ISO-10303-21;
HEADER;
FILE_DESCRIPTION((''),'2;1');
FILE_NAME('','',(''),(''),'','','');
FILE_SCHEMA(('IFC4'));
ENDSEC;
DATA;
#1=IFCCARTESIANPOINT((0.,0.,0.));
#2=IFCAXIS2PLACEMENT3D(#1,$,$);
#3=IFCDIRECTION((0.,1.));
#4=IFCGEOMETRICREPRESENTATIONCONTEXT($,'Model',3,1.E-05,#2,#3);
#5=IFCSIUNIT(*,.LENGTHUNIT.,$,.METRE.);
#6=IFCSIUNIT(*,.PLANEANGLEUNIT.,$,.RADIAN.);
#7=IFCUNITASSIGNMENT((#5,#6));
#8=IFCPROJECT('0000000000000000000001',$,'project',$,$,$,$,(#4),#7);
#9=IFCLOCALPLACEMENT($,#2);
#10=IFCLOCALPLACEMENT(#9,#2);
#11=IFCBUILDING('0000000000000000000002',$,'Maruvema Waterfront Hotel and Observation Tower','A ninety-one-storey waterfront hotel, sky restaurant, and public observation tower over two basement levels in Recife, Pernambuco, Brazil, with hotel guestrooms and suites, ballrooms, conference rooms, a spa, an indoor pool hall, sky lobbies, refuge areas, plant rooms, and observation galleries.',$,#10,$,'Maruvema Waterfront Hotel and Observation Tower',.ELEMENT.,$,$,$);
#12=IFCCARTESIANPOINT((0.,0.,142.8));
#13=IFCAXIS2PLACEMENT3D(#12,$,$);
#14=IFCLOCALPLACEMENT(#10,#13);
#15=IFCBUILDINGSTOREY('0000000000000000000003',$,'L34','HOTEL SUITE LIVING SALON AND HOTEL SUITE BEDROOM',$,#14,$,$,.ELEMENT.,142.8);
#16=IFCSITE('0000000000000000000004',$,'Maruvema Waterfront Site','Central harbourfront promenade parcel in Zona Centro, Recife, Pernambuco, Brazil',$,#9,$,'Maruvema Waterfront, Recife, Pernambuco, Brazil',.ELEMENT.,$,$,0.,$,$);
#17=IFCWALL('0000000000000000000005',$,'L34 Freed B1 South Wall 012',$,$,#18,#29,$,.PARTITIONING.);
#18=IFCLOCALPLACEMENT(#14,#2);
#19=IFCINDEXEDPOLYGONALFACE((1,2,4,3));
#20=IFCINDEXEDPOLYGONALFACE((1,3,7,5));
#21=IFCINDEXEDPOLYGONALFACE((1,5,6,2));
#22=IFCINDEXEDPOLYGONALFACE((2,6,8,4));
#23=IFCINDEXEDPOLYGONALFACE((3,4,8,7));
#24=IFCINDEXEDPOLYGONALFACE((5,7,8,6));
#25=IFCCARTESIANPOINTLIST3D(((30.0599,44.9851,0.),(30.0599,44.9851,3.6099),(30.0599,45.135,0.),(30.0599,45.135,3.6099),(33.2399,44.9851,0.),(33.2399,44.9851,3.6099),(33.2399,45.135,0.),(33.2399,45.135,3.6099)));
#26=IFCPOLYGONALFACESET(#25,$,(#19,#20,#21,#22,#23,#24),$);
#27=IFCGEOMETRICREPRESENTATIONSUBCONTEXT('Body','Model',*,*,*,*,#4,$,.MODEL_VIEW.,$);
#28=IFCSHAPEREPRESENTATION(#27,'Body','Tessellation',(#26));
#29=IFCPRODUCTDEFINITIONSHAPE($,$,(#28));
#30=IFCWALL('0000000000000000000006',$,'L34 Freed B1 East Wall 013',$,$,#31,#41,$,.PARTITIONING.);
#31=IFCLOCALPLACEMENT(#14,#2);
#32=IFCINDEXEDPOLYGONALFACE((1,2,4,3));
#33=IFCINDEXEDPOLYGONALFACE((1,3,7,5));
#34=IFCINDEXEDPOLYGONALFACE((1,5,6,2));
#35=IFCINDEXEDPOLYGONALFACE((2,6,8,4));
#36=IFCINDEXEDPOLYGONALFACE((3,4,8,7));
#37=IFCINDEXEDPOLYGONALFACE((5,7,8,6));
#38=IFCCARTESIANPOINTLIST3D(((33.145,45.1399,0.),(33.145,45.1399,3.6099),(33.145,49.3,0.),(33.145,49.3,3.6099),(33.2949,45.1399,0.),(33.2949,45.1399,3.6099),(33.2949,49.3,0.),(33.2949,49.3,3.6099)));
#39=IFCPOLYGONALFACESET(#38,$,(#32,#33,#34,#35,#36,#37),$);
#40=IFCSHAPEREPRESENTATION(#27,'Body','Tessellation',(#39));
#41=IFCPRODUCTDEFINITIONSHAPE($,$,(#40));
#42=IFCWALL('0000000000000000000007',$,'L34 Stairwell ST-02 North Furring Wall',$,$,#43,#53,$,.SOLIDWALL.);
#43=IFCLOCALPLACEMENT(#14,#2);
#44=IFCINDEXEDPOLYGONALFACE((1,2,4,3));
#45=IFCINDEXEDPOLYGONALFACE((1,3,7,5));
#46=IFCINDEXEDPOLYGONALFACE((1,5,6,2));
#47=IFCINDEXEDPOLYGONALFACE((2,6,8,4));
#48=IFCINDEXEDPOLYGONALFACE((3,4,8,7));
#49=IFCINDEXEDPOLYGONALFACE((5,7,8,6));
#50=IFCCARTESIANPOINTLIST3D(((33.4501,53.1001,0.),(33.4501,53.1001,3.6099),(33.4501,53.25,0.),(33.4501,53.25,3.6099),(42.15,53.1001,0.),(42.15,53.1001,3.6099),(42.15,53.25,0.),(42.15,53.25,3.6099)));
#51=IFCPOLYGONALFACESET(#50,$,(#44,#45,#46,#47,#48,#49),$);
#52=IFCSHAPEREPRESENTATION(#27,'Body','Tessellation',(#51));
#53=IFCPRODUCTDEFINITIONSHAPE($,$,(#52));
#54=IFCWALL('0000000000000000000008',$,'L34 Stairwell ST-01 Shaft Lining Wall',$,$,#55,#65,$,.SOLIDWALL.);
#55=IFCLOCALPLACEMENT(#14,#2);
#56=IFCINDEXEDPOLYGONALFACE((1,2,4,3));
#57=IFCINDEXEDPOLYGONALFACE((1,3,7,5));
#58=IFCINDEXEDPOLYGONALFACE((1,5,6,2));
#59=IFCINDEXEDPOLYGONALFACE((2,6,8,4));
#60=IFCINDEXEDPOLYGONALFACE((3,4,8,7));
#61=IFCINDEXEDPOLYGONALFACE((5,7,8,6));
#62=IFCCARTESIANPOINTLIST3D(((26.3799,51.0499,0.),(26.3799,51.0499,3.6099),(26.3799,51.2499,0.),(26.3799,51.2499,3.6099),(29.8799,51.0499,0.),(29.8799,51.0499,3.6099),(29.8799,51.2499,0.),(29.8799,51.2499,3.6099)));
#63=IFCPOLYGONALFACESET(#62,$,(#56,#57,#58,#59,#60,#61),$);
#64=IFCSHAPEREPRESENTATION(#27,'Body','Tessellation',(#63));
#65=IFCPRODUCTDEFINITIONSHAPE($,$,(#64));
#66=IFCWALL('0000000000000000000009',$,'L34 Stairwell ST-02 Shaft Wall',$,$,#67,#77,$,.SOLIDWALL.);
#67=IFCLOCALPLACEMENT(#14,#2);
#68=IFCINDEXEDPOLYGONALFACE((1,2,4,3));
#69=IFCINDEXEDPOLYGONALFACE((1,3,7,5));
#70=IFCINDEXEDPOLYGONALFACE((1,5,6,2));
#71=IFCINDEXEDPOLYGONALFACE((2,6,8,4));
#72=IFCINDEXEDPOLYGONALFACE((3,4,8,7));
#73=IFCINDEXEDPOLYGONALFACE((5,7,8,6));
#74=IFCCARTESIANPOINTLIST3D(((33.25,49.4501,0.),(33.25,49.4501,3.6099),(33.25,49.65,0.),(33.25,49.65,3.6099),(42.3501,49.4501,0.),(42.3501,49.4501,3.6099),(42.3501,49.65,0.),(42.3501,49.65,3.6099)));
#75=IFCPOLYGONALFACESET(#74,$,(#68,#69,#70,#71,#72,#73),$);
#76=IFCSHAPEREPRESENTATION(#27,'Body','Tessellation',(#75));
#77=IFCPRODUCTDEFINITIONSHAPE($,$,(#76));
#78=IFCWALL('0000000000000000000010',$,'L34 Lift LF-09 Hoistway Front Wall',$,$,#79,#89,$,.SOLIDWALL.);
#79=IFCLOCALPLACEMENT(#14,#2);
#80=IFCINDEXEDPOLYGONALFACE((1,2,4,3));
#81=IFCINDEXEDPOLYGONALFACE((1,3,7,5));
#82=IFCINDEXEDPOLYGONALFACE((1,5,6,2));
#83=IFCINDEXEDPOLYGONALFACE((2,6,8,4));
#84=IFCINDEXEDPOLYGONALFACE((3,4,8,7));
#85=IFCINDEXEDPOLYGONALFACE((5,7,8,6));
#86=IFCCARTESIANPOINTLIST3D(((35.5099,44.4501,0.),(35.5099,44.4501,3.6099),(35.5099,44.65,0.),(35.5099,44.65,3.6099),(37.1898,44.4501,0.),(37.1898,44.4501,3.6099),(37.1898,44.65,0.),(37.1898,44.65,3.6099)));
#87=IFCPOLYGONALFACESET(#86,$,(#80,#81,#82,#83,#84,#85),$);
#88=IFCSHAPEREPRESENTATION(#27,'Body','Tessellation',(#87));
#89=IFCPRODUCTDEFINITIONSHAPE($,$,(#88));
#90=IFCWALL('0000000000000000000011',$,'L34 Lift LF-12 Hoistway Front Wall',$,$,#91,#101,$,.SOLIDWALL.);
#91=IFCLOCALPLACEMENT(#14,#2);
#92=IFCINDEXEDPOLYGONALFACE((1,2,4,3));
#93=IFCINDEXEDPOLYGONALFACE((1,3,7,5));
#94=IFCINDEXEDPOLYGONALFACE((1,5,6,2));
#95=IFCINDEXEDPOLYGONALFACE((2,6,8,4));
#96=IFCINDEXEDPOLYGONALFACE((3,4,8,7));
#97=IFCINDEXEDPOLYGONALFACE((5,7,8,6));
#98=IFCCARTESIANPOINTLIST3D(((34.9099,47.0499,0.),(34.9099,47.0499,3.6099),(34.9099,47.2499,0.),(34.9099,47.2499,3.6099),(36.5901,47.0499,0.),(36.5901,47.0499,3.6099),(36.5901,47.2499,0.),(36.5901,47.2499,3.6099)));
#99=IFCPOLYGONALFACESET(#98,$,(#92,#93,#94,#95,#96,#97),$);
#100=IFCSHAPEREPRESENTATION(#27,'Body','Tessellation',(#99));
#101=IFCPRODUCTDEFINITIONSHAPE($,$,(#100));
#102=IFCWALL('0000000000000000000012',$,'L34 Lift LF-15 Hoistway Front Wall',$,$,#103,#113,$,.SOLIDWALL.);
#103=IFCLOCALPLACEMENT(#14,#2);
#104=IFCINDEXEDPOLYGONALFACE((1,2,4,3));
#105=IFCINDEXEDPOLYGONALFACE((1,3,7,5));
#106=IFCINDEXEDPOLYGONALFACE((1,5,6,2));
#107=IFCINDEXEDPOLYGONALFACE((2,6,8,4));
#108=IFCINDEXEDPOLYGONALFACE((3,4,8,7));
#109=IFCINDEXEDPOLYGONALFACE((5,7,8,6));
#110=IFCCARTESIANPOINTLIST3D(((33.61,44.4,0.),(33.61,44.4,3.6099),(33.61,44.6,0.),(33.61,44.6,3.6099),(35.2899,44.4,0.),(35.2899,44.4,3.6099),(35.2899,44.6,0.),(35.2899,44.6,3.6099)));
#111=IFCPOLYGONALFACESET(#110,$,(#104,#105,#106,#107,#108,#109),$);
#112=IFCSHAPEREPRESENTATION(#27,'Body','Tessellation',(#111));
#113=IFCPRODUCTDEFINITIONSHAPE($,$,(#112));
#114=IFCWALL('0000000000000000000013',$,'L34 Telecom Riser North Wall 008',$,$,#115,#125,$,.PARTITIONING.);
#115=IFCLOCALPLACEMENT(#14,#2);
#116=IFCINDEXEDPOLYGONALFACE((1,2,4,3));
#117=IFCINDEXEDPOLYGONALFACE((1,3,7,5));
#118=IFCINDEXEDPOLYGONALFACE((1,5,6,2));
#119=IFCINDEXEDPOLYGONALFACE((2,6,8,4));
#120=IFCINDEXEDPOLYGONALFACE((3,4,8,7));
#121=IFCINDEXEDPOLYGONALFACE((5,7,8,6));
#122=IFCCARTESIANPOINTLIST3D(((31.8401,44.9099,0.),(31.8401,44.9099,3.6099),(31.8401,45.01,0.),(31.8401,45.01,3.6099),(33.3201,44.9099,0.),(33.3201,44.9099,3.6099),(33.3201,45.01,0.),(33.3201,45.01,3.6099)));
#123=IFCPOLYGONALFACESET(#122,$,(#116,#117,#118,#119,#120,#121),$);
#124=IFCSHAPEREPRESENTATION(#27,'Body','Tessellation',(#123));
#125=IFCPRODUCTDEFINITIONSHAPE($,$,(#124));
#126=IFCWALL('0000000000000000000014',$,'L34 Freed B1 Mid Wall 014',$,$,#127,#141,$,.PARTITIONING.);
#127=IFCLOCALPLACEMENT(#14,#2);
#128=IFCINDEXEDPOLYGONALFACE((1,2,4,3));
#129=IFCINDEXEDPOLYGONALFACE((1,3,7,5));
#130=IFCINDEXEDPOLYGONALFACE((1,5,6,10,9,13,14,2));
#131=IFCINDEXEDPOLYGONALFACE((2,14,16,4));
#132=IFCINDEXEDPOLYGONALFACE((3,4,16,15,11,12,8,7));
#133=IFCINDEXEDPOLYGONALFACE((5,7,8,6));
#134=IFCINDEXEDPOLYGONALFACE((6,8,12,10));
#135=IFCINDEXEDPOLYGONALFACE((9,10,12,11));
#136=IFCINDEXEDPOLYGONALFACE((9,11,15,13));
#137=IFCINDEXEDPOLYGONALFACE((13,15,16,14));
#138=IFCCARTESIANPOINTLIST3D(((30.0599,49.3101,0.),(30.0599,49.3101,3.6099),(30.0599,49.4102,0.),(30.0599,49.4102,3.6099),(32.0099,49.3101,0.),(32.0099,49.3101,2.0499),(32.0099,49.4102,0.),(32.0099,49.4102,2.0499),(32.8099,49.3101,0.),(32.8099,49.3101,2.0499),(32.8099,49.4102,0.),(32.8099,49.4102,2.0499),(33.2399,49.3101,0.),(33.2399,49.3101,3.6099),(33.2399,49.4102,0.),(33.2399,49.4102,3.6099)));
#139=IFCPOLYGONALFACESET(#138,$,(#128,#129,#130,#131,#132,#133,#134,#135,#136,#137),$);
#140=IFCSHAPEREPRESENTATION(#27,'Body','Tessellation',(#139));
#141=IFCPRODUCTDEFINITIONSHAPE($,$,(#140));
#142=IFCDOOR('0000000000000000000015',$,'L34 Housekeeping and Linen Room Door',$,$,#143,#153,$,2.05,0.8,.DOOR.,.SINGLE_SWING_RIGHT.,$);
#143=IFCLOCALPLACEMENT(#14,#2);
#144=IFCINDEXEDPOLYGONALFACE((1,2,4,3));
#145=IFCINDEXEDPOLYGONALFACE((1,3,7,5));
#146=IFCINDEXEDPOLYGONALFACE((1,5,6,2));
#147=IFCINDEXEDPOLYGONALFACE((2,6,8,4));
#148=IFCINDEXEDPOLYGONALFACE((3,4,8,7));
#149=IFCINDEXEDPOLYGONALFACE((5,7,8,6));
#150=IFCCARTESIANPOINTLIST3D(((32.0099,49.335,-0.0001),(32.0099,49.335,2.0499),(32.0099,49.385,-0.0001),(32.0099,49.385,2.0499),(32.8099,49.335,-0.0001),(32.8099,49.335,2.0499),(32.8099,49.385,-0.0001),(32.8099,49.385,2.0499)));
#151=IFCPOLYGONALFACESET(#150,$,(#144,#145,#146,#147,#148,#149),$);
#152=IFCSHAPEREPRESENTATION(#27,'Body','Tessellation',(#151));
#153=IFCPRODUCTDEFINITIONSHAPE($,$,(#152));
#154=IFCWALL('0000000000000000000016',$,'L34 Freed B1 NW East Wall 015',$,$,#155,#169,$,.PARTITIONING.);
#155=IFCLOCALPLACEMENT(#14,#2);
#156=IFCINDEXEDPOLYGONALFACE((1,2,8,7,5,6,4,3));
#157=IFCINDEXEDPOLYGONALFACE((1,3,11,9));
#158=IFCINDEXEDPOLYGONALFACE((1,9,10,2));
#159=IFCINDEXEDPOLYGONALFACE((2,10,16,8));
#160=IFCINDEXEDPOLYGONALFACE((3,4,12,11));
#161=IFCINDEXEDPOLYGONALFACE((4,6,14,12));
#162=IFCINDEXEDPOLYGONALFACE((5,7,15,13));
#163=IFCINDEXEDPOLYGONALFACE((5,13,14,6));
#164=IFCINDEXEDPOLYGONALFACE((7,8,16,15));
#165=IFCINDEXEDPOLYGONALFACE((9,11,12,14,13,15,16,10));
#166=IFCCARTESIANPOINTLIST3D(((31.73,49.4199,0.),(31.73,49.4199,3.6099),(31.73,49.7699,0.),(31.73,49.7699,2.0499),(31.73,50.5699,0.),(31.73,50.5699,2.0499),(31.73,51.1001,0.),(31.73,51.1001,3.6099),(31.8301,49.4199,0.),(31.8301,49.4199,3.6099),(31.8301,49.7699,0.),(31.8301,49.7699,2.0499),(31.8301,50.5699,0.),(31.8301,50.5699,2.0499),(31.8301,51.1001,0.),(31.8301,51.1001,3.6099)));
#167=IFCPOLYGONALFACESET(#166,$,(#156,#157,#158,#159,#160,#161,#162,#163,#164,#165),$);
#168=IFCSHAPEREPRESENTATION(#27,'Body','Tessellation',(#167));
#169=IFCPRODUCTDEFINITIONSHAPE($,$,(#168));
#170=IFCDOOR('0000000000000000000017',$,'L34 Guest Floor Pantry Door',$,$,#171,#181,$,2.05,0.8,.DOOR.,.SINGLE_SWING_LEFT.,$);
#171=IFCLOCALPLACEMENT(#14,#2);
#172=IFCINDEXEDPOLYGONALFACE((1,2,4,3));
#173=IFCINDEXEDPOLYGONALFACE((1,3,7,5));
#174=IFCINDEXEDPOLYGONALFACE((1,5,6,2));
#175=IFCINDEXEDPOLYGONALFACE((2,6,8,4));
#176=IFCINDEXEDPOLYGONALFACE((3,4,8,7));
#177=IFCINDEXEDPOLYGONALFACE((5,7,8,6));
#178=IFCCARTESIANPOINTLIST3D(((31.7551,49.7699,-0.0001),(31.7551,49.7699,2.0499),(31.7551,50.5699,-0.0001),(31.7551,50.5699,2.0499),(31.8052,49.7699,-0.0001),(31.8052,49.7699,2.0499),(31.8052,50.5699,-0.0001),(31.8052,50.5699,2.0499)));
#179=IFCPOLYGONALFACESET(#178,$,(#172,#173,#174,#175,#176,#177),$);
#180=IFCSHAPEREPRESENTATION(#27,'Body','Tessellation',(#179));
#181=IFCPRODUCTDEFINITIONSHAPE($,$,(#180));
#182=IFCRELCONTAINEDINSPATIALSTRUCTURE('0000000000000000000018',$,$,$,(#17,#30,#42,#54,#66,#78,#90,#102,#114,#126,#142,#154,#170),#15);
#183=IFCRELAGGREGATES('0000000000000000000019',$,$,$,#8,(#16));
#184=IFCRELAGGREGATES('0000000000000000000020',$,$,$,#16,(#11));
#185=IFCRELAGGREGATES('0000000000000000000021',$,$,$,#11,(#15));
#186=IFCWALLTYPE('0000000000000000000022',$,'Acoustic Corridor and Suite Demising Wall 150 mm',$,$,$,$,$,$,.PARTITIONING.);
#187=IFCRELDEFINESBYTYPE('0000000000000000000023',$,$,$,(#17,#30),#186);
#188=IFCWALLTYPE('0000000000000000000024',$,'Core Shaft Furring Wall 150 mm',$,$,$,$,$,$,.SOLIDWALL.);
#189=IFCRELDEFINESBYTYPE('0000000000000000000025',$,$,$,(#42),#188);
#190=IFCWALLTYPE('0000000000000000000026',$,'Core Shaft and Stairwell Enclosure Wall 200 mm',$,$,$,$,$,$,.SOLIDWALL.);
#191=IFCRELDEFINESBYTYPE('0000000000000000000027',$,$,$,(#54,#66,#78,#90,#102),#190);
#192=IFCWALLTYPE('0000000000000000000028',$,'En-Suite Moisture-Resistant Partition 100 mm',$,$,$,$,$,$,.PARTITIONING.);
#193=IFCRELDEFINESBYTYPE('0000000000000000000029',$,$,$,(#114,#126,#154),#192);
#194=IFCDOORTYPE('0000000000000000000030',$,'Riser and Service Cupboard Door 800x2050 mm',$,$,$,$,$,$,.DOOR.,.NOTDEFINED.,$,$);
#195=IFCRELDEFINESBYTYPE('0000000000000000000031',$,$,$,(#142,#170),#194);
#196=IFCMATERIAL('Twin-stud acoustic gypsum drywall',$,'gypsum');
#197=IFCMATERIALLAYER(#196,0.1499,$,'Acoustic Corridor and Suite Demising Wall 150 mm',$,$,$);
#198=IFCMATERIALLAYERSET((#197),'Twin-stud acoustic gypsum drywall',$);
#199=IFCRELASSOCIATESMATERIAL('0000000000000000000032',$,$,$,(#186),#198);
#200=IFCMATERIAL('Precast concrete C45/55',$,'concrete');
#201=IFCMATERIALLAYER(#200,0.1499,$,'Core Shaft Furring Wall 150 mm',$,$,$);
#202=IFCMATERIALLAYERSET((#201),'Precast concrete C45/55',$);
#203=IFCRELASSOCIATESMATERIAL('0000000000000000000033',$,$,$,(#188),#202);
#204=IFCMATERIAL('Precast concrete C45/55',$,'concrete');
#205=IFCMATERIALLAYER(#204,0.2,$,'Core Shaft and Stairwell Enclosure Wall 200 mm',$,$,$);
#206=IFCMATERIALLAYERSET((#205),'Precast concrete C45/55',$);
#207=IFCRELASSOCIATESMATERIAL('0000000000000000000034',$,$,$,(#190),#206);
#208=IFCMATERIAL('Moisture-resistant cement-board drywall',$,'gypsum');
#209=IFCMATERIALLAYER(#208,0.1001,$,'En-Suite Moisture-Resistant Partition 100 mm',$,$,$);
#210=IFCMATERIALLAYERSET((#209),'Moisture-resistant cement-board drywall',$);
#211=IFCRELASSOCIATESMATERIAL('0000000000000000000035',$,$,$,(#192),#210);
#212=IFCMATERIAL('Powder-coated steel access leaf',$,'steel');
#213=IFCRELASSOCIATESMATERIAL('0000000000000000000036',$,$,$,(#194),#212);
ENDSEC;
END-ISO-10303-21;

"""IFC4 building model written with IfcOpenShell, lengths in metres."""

from ifc_helpers import new_model, si_unit, direction, frame, frame_2d, origin, place, context, subcontext, project, spatial, rectangle, extrude, material, layer, layer_set, type_object, element, fill, save


model = new_model("IFC4")

# Units and contexts
model_context = context("Model", 3, precision=1e-05, world=origin(), true_north=direction((0.0, 1.0)))
body_context = subcontext(model_context, "Body", "Model", "MODEL_VIEW")
ifc_project = project(units=[si_unit("LENGTHUNIT", "METRE"), si_unit("PLANEANGLEUNIT", "RADIAN")], contexts=[model_context])

# Site, building, storey
site_placement = place(None, origin())
site = spatial("IfcSite", under=ifc_project, at=site_placement, Name="Maruvema Waterfront Site", Description="Central harbourfront promenade parcel in Zona Centro, Recife, Pernambuco, Brazil", LongName="Maruvema Waterfront, Recife, Pernambuco, Brazil", CompositionType="ELEMENT", RefElevation=0.0)
building_placement = place(site_placement, origin())
building = spatial("IfcBuilding", under=site, at=building_placement, Name="Maruvema Waterfront Hotel and Observation Tower", Description="A ninety-one-storey waterfront hotel, sky restaurant, and public observation tower over two basement levels in Recife, Pernambuco, Brazil, with hotel guestrooms and suites, ballrooms, conference rooms, a spa, an indoor pool hall, sky lobbies, refuge areas, plant rooms, and observation galleries.", LongName="Maruvema Waterfront Hotel and Observation Tower", CompositionType="ELEMENT")
storey_placement = place(building_placement, frame((0.0, 0.0, 142.8)))
storey = spatial("IfcBuildingStorey", under=building, at=storey_placement, Name="L34", Description="HOTEL SUITE LIVING SALON AND HOTEL SUITE BEDROOM", CompositionType="ELEMENT", Elevation=142.8)

# Walls
ifc_material_1 = material(Name="Twin-stud acoustic gypsum drywall", Category="gypsum")
ifc_layer_1 = layer(ifc_material_1, 0.1499, Name="Acoustic Corridor and Suite Demising Wall 150 mm")
ifc_layer_set_1 = layer_set([ifc_layer_1], Name="Twin-stud acoustic gypsum drywall")
wall_type_1 = type_object("IfcWallType", Name="Acoustic Corridor and Suite Demising Wall 150 mm", PredefinedType="PARTITIONING", material=ifc_layer_set_1)
wall_1_placement = place(storey_placement, frame((30.0601, 45.0601, 0.0), z_axis=(0.0, 0.0, 1.0), x_axis=(1.0, 0.0, 0.0)))
element("IfcWall", 1, at=wall_1_placement, inside=storey, type_object=wall_type_1, Name="L34 Freed B1 South Wall 012", PredefinedType="PARTITIONING", context=body_context, shape_type="SweptSolid", body=[
    extrude(rectangle(XDim=3.1799, YDim=0.1499, at=frame_2d((1.5898, 0.0))), origin(), (0.0, 0.0, 1.0), 3.6099),
])
wall_2_placement = place(storey_placement, frame((33.22, 45.1399, 0.0), z_axis=(0.0, 0.0, 1.0), x_axis=(0.0, 1.0, 0.0)))
element("IfcWall", 2, at=wall_2_placement, inside=storey, type_object=wall_type_1, Name="L34 Freed B1 East Wall 013", PredefinedType="PARTITIONING", context=body_context, shape_type="SweptSolid", body=[
    extrude(rectangle(XDim=4.1602, YDim=0.1499, at=frame_2d((2.0801, 0.0))), origin(), (0.0, 0.0, 1.0), 3.6099),
])
ifc_material_2 = material(Name="Precast concrete C45/55", Category="concrete")
ifc_layer_2 = layer(ifc_material_2, 0.1499, Name="Core Shaft Furring Wall 150 mm")
ifc_layer_set_2 = layer_set([ifc_layer_2], Name="Precast concrete C45/55")
wall_type_2 = type_object("IfcWallType", Name="Core Shaft Furring Wall 150 mm", PredefinedType="SOLIDWALL", material=ifc_layer_set_2)
wall_3_placement = place(storey_placement, frame((33.45, 53.175, 0.0), z_axis=(0.0, 0.0, 1.0), x_axis=(1.0, 0.0, 0.0)))
element("IfcWall", 3, at=wall_3_placement, inside=storey, type_object=wall_type_2, Name="L34 Stairwell ST-02 North Furring Wall", PredefinedType="SOLIDWALL", context=body_context, shape_type="SweptSolid", body=[
    extrude(rectangle(XDim=8.7, YDim=0.1499, at=frame_2d((4.3501, 0.0))), origin(), (0.0, 0.0, 1.0), 3.6099),
])
ifc_material_3 = material(Name="Precast concrete C45/55", Category="concrete")
ifc_layer_3 = layer(ifc_material_3, 0.2, Name="Core Shaft and Stairwell Enclosure Wall 200 mm")
ifc_layer_set_3 = layer_set([ifc_layer_3], Name="Precast concrete C45/55")
wall_type_3 = type_object("IfcWallType", Name="Core Shaft and Stairwell Enclosure Wall 200 mm", PredefinedType="SOLIDWALL", material=ifc_layer_set_3)
wall_4_placement = place(storey_placement, frame((26.3799, 51.1499, 0.0), z_axis=(0.0, 0.0, 1.0), x_axis=(1.0, 0.0, 0.0)))
element("IfcWall", 4, at=wall_4_placement, inside=storey, type_object=wall_type_3, Name="L34 Stairwell ST-01 Shaft Lining Wall", PredefinedType="SOLIDWALL", context=body_context, shape_type="SweptSolid", body=[
    extrude(rectangle(XDim=3.5, YDim=0.2, at=frame_2d((1.75, 0.0))), origin(), (0.0, 0.0, 1.0), 3.6099),
])
wall_5_placement = place(storey_placement, frame((33.25, 49.55, 0.0), z_axis=(0.0, 0.0, 1.0), x_axis=(1.0, 0.0, 0.0)))
element("IfcWall", 5, at=wall_5_placement, inside=storey, type_object=wall_type_3, Name="L34 Stairwell ST-02 Shaft Wall", PredefinedType="SOLIDWALL", context=body_context, shape_type="SweptSolid", body=[
    extrude(rectangle(XDim=9.1001, YDim=0.2, at=frame_2d((4.55, 0.0))), origin(), (0.0, 0.0, 1.0), 3.6099),
])

# Walls
wall_6_placement = place(storey_placement, frame((35.51, 44.55, 0.0), z_axis=(0.0, 0.0, 1.0), x_axis=(1.0, 0.0, 0.0)))
element("IfcWall", 6, at=wall_6_placement, inside=storey, type_object=wall_type_3, Name="L34 Lift LF-09 Hoistway Front Wall", PredefinedType="SOLIDWALL", context=body_context, shape_type="SweptSolid", body=[
    extrude(rectangle(XDim=1.6799, YDim=0.2, at=frame_2d((0.8398, 0.0))), origin(), (0.0, 0.0, 1.0), 3.6099),
])
wall_7_placement = place(storey_placement, frame((34.9099, 47.1499, 0.0), z_axis=(0.0, 0.0, 1.0), x_axis=(1.0, 0.0, 0.0)))
element("IfcWall", 7, at=wall_7_placement, inside=storey, type_object=wall_type_3, Name="L34 Lift LF-12 Hoistway Front Wall", PredefinedType="SOLIDWALL", context=body_context, shape_type="SweptSolid", body=[
    extrude(rectangle(XDim=1.6802, YDim=0.2, at=frame_2d((0.8401, 0.0))), origin(), (0.0, 0.0, 1.0), 3.6099),
])
wall_8_placement = place(storey_placement, frame((33.6101, 44.5, 0.0), z_axis=(0.0, 0.0, 1.0), x_axis=(1.0, 0.0, 0.0)))
element("IfcWall", 8, at=wall_8_placement, inside=storey, type_object=wall_type_3, Name="L34 Lift LF-15 Hoistway Front Wall", PredefinedType="SOLIDWALL", context=body_context, shape_type="SweptSolid", body=[
    extrude(rectangle(XDim=1.6799, YDim=0.2, at=frame_2d((0.8398, 0.0))), origin(), (0.0, 0.0, 1.0), 3.6099),
])
ifc_material_4 = material(Name="Moisture-resistant cement-board drywall", Category="gypsum")
ifc_layer_4 = layer(ifc_material_4, 0.1001, Name="En-Suite Moisture-Resistant Partition 100 mm")
ifc_layer_set_4 = layer_set([ifc_layer_4], Name="Moisture-resistant cement-board drywall")
wall_type_4 = type_object("IfcWallType", Name="En-Suite Moisture-Resistant Partition 100 mm", PredefinedType="PARTITIONING", material=ifc_layer_set_4)
wall_9_placement = place(storey_placement, frame((31.8401, 44.96, 0.0), z_axis=(0.0, 0.0, 1.0), x_axis=(1.0, 0.0, 0.0)))
element("IfcWall", 9, at=wall_9_placement, inside=storey, type_object=wall_type_4, Name="L34 Telecom Riser North Wall 008", PredefinedType="PARTITIONING", context=body_context, shape_type="SweptSolid", body=[
    extrude(rectangle(XDim=1.48, YDim=0.1001, at=frame_2d((0.74, 0.0))), origin(), (0.0, 0.0, 1.0), 3.6099),
])

# Walls, openings, doors
wall_10_placement = place(storey_placement, frame((30.0601, 49.3601, 0.0), z_axis=(0.0, 0.0, 1.0), x_axis=(1.0, 0.0, 0.0)))
wall_10 = element("IfcWall", 10, at=wall_10_placement, inside=storey, type_object=wall_type_4, Name="L34 Freed B1 Mid Wall 014", PredefinedType="PARTITIONING", context=body_context, shape_type="SweptSolid", body=[
    extrude(rectangle(XDim=3.1799, YDim=0.1001, at=frame_2d((1.5898, 0.0))), origin(), (0.0, 0.0, 1.0), 3.6099),
])
opening_1_placement = place(wall_10_placement, frame((1.95, 0.0, 0.0)))
opening_1 = element("IfcOpeningElement", 11, at=opening_1_placement, cuts=wall_10, PredefinedType="OPENING", context=body_context, shape_type="SweptSolid", body=[
    extrude(rectangle(XDim=0.8, YDim=2.05, at=frame_2d((0.3999, 1.0249))), frame((0.0, 0.0601, 0.0), z_axis=(0.0, -1.0, 0.0), x_axis=(1.0, 0.0, 0.0)), (0.0, 0.0, 1.0), 0.1201),
])
ifc_material_5 = material(Name="Powder-coated steel access leaf", Category="steel")
door_type_1 = type_object("IfcDoorType", Name="Riser and Service Cupboard Door 800x2050 mm", OperationType="NOTDEFINED", PredefinedType="DOOR", material=ifc_material_5)
door_1_placement = place(opening_1_placement, origin())
door_1 = element("IfcDoor", 12, at=door_1_placement, inside=storey, type_object=door_type_1, Name="L34 Housekeeping and Linen Room Door", OperationType="SINGLE_SWING_RIGHT", OverallHeight=2.05, OverallWidth=0.8, PredefinedType="DOOR", context=body_context, shape_type="SweptSolid", body=[
    extrude(rectangle(XDim=0.8, YDim=2.05, at=frame_2d((0.3999, 1.0249))), frame((0.0, 0.0249, 0.0), z_axis=(0.0, -1.0, 0.0), x_axis=(1.0, 0.0, 0.0)), (0.0, 0.0, 1.0), 0.05),
])
fill(opening_1, door_1)
wall_11_placement = place(storey_placement, frame((31.78, 49.4199, 0.0), z_axis=(0.0, 0.0, 1.0), x_axis=(0.0, 1.0, 0.0)))
wall_11 = element("IfcWall", 13, at=wall_11_placement, inside=storey, type_object=wall_type_4, Name="L34 Freed B1 NW East Wall 015", PredefinedType="PARTITIONING", context=body_context, shape_type="SweptSolid", body=[
    extrude(rectangle(XDim=1.6802, YDim=0.1001, at=frame_2d((0.8401, 0.0))), origin(), (0.0, 0.0, 1.0), 3.6099),
])
opening_2_placement = place(wall_11_placement, frame((0.3501, 0.0, 0.0)))
opening_2 = element("IfcOpeningElement", 14, at=opening_2_placement, cuts=wall_11, PredefinedType="OPENING", context=body_context, shape_type="SweptSolid", body=[
    extrude(rectangle(XDim=0.8, YDim=2.05, at=frame_2d((0.3999, 1.0249))), frame((0.0, 0.0601, 0.0), z_axis=(0.0, -1.0, 0.0), x_axis=(1.0, 0.0, 0.0)), (0.0, 0.0, 1.0), 0.1201),
])
door_2_placement = place(opening_2_placement, origin())
door_2 = element("IfcDoor", 15, at=door_2_placement, inside=storey, type_object=door_type_1, Name="L34 Guest Floor Pantry Door", OperationType="SINGLE_SWING_LEFT", OverallHeight=2.05, OverallWidth=0.8, PredefinedType="DOOR", context=body_context, shape_type="SweptSolid", body=[
    extrude(rectangle(XDim=0.8, YDim=2.05, at=frame_2d((0.3999, 1.0249))), frame((0.0, 0.0249, 0.0), z_axis=(0.0, -1.0, 0.0), x_axis=(1.0, 0.0, 0.0)), (0.0, 0.0, 1.0), 0.05),
])
fill(opening_2, door_2)

save(model, "model.ifc")
